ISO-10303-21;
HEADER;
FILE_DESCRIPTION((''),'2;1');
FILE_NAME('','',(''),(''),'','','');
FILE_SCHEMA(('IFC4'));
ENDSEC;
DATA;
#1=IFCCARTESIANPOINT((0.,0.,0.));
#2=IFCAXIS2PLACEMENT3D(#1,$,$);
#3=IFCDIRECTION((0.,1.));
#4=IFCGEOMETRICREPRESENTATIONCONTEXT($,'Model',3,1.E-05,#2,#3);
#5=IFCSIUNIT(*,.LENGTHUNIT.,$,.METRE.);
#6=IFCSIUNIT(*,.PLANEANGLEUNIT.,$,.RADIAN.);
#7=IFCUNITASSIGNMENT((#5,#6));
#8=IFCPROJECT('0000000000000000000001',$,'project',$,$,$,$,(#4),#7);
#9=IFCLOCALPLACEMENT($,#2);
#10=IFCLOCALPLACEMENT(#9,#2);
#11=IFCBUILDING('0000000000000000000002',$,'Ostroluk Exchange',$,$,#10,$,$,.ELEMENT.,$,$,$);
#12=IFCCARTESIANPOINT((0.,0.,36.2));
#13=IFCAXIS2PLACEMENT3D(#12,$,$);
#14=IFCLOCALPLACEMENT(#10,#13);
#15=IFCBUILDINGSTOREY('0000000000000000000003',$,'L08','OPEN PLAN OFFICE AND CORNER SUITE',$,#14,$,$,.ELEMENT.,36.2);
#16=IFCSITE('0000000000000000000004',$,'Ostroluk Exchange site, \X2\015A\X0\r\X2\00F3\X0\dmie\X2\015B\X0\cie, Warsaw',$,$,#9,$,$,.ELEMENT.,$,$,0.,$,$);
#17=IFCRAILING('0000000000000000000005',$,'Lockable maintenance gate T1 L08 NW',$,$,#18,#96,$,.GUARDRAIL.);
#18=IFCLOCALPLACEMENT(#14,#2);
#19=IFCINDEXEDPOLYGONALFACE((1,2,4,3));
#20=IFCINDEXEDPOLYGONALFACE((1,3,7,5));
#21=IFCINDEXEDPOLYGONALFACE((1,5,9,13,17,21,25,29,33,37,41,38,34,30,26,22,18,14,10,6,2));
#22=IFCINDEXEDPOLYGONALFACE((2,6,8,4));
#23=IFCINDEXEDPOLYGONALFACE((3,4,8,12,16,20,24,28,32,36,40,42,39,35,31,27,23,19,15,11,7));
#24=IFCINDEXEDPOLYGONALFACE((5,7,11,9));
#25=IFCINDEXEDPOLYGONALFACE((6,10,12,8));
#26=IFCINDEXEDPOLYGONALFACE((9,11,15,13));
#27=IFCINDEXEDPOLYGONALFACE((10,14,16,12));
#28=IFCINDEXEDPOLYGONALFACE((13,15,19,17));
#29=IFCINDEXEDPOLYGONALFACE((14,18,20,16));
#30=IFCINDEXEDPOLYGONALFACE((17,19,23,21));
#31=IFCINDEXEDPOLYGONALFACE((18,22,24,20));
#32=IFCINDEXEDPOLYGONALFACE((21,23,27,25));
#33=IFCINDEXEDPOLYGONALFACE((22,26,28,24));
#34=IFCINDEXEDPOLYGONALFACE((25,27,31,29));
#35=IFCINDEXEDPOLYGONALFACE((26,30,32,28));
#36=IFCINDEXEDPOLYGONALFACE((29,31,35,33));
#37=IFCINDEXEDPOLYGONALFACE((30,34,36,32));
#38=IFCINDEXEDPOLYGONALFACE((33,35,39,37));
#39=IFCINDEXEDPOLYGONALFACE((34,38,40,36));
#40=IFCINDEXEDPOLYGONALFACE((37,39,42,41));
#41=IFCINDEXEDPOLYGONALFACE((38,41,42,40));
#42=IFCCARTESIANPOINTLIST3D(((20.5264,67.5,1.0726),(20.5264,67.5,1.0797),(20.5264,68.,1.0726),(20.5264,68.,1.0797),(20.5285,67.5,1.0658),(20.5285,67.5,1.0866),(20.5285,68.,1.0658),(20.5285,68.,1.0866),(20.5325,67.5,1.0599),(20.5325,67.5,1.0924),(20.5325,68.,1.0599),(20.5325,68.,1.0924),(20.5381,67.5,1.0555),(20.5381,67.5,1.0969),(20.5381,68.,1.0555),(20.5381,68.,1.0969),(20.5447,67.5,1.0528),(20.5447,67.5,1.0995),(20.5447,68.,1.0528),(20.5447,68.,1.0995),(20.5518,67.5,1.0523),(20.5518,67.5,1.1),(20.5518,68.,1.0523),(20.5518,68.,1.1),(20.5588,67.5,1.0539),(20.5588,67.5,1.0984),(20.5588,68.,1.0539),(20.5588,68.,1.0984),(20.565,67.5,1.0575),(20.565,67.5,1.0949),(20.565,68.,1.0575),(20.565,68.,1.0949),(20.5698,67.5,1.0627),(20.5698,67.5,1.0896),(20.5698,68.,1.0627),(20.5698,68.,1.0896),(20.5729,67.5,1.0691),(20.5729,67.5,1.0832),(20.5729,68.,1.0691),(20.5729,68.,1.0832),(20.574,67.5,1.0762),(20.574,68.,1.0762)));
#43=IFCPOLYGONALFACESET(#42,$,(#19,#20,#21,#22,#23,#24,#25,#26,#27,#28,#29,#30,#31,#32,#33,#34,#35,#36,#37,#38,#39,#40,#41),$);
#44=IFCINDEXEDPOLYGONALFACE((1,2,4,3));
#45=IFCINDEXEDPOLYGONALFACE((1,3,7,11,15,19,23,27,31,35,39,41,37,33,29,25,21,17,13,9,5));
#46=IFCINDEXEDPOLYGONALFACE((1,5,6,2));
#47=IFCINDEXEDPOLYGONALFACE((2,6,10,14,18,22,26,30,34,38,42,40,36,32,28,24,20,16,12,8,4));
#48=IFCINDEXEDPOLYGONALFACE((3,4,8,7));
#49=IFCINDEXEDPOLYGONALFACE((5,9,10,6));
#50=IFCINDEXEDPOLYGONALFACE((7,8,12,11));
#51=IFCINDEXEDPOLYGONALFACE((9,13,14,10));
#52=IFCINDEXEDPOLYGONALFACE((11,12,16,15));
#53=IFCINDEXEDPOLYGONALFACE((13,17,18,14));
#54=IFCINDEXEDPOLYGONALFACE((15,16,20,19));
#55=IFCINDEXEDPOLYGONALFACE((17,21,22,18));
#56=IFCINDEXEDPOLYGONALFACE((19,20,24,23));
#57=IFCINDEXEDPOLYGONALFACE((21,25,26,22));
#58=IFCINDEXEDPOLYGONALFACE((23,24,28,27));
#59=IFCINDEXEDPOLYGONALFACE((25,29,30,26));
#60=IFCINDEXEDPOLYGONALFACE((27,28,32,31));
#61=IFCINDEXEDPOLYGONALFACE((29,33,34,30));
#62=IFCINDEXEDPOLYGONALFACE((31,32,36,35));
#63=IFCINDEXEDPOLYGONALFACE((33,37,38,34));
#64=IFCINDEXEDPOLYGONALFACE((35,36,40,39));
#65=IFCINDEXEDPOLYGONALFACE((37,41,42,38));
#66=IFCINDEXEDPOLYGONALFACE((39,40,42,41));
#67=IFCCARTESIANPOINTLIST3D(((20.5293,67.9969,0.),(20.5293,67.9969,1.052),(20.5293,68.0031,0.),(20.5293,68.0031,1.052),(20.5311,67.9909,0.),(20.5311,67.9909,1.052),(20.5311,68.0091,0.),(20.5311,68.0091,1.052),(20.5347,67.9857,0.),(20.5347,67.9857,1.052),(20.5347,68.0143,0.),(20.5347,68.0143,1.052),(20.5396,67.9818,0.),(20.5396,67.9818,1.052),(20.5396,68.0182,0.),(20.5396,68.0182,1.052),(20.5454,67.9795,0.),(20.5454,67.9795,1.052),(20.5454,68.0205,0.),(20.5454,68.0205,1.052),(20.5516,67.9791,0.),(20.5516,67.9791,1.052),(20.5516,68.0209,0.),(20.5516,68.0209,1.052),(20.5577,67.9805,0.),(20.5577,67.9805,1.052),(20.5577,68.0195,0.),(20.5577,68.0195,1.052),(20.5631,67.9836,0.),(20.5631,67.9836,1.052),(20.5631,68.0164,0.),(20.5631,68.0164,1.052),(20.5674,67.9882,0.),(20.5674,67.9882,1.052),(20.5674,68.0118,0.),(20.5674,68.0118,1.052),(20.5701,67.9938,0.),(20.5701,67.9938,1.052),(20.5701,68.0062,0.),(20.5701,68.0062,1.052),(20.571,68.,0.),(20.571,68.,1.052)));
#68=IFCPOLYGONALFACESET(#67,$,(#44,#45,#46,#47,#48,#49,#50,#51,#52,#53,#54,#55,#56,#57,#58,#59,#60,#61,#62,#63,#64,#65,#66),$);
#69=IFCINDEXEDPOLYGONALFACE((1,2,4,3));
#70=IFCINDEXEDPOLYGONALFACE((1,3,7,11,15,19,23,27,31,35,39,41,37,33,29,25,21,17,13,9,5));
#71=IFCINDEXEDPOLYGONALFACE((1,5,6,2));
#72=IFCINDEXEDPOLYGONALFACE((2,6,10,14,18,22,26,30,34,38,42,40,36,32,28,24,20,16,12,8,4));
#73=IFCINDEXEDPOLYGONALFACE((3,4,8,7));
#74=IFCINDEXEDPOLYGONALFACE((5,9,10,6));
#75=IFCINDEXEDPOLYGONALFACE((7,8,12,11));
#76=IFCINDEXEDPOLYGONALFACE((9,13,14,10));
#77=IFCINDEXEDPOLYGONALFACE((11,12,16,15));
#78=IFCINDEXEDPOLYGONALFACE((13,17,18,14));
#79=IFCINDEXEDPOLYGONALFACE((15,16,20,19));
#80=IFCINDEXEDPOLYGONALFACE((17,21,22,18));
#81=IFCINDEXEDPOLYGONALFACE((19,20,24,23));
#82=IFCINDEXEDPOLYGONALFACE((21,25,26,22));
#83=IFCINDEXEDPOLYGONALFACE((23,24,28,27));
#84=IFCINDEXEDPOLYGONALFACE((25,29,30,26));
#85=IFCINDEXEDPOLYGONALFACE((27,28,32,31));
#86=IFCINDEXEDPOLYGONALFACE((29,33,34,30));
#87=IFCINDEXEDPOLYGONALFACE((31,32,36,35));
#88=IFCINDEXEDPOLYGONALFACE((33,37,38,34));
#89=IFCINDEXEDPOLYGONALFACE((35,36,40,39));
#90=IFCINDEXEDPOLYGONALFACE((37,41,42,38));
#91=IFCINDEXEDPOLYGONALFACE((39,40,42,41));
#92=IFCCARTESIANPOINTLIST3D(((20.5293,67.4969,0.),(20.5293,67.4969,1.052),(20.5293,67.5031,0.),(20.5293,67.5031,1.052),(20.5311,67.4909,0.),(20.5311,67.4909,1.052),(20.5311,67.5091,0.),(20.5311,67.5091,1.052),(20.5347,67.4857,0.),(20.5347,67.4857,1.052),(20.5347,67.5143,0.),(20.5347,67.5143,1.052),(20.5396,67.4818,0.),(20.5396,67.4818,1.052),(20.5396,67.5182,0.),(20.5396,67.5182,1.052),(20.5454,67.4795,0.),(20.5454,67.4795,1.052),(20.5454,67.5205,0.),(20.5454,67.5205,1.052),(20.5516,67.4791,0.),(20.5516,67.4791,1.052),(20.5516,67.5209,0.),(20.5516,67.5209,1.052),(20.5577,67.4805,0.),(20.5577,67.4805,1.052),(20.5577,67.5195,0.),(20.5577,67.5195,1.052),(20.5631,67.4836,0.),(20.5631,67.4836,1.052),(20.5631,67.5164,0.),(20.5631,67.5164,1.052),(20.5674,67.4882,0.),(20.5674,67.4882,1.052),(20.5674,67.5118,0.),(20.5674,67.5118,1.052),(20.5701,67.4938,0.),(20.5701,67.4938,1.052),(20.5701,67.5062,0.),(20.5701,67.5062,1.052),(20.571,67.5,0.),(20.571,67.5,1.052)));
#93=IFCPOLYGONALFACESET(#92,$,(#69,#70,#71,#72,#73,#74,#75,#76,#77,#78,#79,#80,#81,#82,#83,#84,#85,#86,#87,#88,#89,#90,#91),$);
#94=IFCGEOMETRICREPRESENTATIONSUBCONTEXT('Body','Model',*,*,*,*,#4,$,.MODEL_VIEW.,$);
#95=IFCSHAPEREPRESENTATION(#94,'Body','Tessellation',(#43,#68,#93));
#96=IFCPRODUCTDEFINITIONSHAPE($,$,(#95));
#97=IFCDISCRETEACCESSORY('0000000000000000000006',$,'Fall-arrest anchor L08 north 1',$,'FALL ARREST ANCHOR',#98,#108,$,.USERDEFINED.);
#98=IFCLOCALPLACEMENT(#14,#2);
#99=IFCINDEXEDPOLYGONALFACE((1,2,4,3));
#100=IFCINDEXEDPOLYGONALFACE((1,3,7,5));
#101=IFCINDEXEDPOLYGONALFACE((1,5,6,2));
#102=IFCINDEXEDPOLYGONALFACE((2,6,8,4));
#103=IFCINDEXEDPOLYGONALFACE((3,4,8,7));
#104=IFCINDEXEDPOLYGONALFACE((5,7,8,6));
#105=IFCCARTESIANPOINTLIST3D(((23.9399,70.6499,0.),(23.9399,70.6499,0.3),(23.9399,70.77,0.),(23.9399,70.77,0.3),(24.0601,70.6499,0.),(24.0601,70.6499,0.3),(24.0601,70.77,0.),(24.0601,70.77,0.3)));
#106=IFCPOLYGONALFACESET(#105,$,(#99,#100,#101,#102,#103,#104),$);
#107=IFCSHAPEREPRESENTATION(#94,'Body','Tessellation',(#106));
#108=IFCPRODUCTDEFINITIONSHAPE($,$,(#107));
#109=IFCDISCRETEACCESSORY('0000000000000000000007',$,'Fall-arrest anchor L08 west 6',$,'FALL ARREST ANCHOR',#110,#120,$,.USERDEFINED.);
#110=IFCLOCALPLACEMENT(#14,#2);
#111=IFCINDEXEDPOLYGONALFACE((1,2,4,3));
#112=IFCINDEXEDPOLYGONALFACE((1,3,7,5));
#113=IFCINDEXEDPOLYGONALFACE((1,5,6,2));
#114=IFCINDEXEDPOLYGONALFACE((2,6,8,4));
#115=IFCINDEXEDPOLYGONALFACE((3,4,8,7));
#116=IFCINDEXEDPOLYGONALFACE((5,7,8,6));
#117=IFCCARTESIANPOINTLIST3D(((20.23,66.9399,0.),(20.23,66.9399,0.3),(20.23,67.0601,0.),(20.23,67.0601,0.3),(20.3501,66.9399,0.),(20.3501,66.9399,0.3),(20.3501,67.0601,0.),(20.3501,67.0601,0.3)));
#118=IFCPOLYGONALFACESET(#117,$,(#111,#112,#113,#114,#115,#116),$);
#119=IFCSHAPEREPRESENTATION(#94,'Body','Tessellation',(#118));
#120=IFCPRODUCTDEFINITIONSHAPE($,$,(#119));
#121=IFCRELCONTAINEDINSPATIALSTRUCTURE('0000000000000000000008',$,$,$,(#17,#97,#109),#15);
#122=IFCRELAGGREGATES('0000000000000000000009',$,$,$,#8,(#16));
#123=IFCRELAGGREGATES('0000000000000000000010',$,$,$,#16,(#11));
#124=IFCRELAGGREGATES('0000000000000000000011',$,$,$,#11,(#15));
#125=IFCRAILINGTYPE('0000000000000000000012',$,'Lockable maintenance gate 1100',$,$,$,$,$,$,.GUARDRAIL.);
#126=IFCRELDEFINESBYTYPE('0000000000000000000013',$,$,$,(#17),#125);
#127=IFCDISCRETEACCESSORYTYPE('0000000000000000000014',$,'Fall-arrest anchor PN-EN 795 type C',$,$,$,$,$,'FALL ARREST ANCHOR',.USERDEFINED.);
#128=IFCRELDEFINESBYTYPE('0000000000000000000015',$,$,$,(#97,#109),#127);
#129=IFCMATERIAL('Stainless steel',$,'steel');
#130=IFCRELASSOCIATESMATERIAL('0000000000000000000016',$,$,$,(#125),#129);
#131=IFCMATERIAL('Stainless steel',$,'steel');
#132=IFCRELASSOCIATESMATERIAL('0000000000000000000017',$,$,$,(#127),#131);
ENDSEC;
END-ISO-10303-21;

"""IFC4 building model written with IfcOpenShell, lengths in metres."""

from ifc_helpers import new_model, si_unit, direction, frame, origin, origin_2d, place, context, subcontext, project, spatial, rectangle, circle, extrude, material, type_object, element, save


model = new_model("IFC4")

# Units and contexts
model_context = context("Model", 3, precision=1e-05, world=origin(), true_north=direction((0.0, 1.0)))
body_context = subcontext(model_context, "Body", "Model", "MODEL_VIEW")
ifc_project = project(units=[si_unit("LENGTHUNIT", "METRE"), si_unit("PLANEANGLEUNIT", "RADIAN")], contexts=[model_context])

# Site, building, storey
site_placement = place(None, origin())
site = spatial("IfcSite", under=ifc_project, at=site_placement, Name="Ostroluk Exchange site, Śródmieście, Warsaw", CompositionType="ELEMENT", RefElevation=0.0)
building_placement = place(site_placement, origin())
building = spatial("IfcBuilding", under=site, at=building_placement, Name="Ostroluk Exchange", CompositionType="ELEMENT")
storey_placement = place(building_placement, frame((0.0, 0.0, 36.2)))
storey = spatial("IfcBuildingStorey", under=building, at=storey_placement, Name="L08", Description="OPEN PLAN OFFICE AND CORNER SUITE", CompositionType="ELEMENT", Elevation=36.2)

# Railing
ifc_material_1 = material(Name="Stainless steel", Category="steel")
railing_type_1 = type_object("IfcRailingType", Name="Lockable maintenance gate 1100", PredefinedType="GUARDRAIL", material=ifc_material_1)
railing_1_placement = place(storey_placement, frame((20.55, 68.0, 0.0)))
element("IfcRailing", 1, at=railing_1_placement, inside=storey, type_object=railing_type_1, Name="Lockable maintenance gate T1 L08 NW", PredefinedType="GUARDRAIL", context=body_context, shape_type="SweptSolid", body=[
    extrude(circle(Radius=0.0239, at=origin_2d()), frame((0.0, 0.0, 1.0762), z_axis=(0.0, -1.0, 0.0), x_axis=(1.0, 0.0, 0.0)), (0.0, 0.0, 1.0), 0.5),
    extrude(circle(Radius=0.021, at=origin_2d()), origin(), (0.0, 0.0, 1.0), 1.052),
    extrude(circle(Radius=0.021, at=origin_2d()), frame((0.0, -0.5, 0.0)), (0.0, 0.0, 1.0), 1.052),
])

# Discrete accessories
ifc_material_2 = material(Name="Stainless steel", Category="steel")
discrete_accessory_type = type_object("IfcDiscreteAccessoryType", Name="Fall-arrest anchor PN-EN 795 type C", ElementType="FALL ARREST ANCHOR", PredefinedType="USERDEFINED", material=ifc_material_2)
for number, where, z_axis, x_axis, name in (
    (2, (24.0, 70.71, 0.0), (0.0, 0.0, 1.0), (1.0, 0.0, 0.0), "Fall-arrest anchor L08 north 1"),
    (3, (20.29, 67.0, 0.0), (0.0, 0.0, 1.0), (1.0, 0.0, 0.0), "Fall-arrest anchor L08 west 6"),
):
    element("IfcDiscreteAccessory", number, at=place(storey_placement, frame(where, z_axis=z_axis, x_axis=x_axis)), inside=storey, type_object=discrete_accessory_type, Name=name, ObjectType="FALL ARREST ANCHOR", PredefinedType="USERDEFINED", context=body_context, shape_type="SweptSolid", body=[
        extrude(rectangle(XDim=0.1201, YDim=0.1201, at=origin_2d()), origin(), (0.0, 0.0, 1.0), 0.3),
    ])

save(model, "model.ifc")
